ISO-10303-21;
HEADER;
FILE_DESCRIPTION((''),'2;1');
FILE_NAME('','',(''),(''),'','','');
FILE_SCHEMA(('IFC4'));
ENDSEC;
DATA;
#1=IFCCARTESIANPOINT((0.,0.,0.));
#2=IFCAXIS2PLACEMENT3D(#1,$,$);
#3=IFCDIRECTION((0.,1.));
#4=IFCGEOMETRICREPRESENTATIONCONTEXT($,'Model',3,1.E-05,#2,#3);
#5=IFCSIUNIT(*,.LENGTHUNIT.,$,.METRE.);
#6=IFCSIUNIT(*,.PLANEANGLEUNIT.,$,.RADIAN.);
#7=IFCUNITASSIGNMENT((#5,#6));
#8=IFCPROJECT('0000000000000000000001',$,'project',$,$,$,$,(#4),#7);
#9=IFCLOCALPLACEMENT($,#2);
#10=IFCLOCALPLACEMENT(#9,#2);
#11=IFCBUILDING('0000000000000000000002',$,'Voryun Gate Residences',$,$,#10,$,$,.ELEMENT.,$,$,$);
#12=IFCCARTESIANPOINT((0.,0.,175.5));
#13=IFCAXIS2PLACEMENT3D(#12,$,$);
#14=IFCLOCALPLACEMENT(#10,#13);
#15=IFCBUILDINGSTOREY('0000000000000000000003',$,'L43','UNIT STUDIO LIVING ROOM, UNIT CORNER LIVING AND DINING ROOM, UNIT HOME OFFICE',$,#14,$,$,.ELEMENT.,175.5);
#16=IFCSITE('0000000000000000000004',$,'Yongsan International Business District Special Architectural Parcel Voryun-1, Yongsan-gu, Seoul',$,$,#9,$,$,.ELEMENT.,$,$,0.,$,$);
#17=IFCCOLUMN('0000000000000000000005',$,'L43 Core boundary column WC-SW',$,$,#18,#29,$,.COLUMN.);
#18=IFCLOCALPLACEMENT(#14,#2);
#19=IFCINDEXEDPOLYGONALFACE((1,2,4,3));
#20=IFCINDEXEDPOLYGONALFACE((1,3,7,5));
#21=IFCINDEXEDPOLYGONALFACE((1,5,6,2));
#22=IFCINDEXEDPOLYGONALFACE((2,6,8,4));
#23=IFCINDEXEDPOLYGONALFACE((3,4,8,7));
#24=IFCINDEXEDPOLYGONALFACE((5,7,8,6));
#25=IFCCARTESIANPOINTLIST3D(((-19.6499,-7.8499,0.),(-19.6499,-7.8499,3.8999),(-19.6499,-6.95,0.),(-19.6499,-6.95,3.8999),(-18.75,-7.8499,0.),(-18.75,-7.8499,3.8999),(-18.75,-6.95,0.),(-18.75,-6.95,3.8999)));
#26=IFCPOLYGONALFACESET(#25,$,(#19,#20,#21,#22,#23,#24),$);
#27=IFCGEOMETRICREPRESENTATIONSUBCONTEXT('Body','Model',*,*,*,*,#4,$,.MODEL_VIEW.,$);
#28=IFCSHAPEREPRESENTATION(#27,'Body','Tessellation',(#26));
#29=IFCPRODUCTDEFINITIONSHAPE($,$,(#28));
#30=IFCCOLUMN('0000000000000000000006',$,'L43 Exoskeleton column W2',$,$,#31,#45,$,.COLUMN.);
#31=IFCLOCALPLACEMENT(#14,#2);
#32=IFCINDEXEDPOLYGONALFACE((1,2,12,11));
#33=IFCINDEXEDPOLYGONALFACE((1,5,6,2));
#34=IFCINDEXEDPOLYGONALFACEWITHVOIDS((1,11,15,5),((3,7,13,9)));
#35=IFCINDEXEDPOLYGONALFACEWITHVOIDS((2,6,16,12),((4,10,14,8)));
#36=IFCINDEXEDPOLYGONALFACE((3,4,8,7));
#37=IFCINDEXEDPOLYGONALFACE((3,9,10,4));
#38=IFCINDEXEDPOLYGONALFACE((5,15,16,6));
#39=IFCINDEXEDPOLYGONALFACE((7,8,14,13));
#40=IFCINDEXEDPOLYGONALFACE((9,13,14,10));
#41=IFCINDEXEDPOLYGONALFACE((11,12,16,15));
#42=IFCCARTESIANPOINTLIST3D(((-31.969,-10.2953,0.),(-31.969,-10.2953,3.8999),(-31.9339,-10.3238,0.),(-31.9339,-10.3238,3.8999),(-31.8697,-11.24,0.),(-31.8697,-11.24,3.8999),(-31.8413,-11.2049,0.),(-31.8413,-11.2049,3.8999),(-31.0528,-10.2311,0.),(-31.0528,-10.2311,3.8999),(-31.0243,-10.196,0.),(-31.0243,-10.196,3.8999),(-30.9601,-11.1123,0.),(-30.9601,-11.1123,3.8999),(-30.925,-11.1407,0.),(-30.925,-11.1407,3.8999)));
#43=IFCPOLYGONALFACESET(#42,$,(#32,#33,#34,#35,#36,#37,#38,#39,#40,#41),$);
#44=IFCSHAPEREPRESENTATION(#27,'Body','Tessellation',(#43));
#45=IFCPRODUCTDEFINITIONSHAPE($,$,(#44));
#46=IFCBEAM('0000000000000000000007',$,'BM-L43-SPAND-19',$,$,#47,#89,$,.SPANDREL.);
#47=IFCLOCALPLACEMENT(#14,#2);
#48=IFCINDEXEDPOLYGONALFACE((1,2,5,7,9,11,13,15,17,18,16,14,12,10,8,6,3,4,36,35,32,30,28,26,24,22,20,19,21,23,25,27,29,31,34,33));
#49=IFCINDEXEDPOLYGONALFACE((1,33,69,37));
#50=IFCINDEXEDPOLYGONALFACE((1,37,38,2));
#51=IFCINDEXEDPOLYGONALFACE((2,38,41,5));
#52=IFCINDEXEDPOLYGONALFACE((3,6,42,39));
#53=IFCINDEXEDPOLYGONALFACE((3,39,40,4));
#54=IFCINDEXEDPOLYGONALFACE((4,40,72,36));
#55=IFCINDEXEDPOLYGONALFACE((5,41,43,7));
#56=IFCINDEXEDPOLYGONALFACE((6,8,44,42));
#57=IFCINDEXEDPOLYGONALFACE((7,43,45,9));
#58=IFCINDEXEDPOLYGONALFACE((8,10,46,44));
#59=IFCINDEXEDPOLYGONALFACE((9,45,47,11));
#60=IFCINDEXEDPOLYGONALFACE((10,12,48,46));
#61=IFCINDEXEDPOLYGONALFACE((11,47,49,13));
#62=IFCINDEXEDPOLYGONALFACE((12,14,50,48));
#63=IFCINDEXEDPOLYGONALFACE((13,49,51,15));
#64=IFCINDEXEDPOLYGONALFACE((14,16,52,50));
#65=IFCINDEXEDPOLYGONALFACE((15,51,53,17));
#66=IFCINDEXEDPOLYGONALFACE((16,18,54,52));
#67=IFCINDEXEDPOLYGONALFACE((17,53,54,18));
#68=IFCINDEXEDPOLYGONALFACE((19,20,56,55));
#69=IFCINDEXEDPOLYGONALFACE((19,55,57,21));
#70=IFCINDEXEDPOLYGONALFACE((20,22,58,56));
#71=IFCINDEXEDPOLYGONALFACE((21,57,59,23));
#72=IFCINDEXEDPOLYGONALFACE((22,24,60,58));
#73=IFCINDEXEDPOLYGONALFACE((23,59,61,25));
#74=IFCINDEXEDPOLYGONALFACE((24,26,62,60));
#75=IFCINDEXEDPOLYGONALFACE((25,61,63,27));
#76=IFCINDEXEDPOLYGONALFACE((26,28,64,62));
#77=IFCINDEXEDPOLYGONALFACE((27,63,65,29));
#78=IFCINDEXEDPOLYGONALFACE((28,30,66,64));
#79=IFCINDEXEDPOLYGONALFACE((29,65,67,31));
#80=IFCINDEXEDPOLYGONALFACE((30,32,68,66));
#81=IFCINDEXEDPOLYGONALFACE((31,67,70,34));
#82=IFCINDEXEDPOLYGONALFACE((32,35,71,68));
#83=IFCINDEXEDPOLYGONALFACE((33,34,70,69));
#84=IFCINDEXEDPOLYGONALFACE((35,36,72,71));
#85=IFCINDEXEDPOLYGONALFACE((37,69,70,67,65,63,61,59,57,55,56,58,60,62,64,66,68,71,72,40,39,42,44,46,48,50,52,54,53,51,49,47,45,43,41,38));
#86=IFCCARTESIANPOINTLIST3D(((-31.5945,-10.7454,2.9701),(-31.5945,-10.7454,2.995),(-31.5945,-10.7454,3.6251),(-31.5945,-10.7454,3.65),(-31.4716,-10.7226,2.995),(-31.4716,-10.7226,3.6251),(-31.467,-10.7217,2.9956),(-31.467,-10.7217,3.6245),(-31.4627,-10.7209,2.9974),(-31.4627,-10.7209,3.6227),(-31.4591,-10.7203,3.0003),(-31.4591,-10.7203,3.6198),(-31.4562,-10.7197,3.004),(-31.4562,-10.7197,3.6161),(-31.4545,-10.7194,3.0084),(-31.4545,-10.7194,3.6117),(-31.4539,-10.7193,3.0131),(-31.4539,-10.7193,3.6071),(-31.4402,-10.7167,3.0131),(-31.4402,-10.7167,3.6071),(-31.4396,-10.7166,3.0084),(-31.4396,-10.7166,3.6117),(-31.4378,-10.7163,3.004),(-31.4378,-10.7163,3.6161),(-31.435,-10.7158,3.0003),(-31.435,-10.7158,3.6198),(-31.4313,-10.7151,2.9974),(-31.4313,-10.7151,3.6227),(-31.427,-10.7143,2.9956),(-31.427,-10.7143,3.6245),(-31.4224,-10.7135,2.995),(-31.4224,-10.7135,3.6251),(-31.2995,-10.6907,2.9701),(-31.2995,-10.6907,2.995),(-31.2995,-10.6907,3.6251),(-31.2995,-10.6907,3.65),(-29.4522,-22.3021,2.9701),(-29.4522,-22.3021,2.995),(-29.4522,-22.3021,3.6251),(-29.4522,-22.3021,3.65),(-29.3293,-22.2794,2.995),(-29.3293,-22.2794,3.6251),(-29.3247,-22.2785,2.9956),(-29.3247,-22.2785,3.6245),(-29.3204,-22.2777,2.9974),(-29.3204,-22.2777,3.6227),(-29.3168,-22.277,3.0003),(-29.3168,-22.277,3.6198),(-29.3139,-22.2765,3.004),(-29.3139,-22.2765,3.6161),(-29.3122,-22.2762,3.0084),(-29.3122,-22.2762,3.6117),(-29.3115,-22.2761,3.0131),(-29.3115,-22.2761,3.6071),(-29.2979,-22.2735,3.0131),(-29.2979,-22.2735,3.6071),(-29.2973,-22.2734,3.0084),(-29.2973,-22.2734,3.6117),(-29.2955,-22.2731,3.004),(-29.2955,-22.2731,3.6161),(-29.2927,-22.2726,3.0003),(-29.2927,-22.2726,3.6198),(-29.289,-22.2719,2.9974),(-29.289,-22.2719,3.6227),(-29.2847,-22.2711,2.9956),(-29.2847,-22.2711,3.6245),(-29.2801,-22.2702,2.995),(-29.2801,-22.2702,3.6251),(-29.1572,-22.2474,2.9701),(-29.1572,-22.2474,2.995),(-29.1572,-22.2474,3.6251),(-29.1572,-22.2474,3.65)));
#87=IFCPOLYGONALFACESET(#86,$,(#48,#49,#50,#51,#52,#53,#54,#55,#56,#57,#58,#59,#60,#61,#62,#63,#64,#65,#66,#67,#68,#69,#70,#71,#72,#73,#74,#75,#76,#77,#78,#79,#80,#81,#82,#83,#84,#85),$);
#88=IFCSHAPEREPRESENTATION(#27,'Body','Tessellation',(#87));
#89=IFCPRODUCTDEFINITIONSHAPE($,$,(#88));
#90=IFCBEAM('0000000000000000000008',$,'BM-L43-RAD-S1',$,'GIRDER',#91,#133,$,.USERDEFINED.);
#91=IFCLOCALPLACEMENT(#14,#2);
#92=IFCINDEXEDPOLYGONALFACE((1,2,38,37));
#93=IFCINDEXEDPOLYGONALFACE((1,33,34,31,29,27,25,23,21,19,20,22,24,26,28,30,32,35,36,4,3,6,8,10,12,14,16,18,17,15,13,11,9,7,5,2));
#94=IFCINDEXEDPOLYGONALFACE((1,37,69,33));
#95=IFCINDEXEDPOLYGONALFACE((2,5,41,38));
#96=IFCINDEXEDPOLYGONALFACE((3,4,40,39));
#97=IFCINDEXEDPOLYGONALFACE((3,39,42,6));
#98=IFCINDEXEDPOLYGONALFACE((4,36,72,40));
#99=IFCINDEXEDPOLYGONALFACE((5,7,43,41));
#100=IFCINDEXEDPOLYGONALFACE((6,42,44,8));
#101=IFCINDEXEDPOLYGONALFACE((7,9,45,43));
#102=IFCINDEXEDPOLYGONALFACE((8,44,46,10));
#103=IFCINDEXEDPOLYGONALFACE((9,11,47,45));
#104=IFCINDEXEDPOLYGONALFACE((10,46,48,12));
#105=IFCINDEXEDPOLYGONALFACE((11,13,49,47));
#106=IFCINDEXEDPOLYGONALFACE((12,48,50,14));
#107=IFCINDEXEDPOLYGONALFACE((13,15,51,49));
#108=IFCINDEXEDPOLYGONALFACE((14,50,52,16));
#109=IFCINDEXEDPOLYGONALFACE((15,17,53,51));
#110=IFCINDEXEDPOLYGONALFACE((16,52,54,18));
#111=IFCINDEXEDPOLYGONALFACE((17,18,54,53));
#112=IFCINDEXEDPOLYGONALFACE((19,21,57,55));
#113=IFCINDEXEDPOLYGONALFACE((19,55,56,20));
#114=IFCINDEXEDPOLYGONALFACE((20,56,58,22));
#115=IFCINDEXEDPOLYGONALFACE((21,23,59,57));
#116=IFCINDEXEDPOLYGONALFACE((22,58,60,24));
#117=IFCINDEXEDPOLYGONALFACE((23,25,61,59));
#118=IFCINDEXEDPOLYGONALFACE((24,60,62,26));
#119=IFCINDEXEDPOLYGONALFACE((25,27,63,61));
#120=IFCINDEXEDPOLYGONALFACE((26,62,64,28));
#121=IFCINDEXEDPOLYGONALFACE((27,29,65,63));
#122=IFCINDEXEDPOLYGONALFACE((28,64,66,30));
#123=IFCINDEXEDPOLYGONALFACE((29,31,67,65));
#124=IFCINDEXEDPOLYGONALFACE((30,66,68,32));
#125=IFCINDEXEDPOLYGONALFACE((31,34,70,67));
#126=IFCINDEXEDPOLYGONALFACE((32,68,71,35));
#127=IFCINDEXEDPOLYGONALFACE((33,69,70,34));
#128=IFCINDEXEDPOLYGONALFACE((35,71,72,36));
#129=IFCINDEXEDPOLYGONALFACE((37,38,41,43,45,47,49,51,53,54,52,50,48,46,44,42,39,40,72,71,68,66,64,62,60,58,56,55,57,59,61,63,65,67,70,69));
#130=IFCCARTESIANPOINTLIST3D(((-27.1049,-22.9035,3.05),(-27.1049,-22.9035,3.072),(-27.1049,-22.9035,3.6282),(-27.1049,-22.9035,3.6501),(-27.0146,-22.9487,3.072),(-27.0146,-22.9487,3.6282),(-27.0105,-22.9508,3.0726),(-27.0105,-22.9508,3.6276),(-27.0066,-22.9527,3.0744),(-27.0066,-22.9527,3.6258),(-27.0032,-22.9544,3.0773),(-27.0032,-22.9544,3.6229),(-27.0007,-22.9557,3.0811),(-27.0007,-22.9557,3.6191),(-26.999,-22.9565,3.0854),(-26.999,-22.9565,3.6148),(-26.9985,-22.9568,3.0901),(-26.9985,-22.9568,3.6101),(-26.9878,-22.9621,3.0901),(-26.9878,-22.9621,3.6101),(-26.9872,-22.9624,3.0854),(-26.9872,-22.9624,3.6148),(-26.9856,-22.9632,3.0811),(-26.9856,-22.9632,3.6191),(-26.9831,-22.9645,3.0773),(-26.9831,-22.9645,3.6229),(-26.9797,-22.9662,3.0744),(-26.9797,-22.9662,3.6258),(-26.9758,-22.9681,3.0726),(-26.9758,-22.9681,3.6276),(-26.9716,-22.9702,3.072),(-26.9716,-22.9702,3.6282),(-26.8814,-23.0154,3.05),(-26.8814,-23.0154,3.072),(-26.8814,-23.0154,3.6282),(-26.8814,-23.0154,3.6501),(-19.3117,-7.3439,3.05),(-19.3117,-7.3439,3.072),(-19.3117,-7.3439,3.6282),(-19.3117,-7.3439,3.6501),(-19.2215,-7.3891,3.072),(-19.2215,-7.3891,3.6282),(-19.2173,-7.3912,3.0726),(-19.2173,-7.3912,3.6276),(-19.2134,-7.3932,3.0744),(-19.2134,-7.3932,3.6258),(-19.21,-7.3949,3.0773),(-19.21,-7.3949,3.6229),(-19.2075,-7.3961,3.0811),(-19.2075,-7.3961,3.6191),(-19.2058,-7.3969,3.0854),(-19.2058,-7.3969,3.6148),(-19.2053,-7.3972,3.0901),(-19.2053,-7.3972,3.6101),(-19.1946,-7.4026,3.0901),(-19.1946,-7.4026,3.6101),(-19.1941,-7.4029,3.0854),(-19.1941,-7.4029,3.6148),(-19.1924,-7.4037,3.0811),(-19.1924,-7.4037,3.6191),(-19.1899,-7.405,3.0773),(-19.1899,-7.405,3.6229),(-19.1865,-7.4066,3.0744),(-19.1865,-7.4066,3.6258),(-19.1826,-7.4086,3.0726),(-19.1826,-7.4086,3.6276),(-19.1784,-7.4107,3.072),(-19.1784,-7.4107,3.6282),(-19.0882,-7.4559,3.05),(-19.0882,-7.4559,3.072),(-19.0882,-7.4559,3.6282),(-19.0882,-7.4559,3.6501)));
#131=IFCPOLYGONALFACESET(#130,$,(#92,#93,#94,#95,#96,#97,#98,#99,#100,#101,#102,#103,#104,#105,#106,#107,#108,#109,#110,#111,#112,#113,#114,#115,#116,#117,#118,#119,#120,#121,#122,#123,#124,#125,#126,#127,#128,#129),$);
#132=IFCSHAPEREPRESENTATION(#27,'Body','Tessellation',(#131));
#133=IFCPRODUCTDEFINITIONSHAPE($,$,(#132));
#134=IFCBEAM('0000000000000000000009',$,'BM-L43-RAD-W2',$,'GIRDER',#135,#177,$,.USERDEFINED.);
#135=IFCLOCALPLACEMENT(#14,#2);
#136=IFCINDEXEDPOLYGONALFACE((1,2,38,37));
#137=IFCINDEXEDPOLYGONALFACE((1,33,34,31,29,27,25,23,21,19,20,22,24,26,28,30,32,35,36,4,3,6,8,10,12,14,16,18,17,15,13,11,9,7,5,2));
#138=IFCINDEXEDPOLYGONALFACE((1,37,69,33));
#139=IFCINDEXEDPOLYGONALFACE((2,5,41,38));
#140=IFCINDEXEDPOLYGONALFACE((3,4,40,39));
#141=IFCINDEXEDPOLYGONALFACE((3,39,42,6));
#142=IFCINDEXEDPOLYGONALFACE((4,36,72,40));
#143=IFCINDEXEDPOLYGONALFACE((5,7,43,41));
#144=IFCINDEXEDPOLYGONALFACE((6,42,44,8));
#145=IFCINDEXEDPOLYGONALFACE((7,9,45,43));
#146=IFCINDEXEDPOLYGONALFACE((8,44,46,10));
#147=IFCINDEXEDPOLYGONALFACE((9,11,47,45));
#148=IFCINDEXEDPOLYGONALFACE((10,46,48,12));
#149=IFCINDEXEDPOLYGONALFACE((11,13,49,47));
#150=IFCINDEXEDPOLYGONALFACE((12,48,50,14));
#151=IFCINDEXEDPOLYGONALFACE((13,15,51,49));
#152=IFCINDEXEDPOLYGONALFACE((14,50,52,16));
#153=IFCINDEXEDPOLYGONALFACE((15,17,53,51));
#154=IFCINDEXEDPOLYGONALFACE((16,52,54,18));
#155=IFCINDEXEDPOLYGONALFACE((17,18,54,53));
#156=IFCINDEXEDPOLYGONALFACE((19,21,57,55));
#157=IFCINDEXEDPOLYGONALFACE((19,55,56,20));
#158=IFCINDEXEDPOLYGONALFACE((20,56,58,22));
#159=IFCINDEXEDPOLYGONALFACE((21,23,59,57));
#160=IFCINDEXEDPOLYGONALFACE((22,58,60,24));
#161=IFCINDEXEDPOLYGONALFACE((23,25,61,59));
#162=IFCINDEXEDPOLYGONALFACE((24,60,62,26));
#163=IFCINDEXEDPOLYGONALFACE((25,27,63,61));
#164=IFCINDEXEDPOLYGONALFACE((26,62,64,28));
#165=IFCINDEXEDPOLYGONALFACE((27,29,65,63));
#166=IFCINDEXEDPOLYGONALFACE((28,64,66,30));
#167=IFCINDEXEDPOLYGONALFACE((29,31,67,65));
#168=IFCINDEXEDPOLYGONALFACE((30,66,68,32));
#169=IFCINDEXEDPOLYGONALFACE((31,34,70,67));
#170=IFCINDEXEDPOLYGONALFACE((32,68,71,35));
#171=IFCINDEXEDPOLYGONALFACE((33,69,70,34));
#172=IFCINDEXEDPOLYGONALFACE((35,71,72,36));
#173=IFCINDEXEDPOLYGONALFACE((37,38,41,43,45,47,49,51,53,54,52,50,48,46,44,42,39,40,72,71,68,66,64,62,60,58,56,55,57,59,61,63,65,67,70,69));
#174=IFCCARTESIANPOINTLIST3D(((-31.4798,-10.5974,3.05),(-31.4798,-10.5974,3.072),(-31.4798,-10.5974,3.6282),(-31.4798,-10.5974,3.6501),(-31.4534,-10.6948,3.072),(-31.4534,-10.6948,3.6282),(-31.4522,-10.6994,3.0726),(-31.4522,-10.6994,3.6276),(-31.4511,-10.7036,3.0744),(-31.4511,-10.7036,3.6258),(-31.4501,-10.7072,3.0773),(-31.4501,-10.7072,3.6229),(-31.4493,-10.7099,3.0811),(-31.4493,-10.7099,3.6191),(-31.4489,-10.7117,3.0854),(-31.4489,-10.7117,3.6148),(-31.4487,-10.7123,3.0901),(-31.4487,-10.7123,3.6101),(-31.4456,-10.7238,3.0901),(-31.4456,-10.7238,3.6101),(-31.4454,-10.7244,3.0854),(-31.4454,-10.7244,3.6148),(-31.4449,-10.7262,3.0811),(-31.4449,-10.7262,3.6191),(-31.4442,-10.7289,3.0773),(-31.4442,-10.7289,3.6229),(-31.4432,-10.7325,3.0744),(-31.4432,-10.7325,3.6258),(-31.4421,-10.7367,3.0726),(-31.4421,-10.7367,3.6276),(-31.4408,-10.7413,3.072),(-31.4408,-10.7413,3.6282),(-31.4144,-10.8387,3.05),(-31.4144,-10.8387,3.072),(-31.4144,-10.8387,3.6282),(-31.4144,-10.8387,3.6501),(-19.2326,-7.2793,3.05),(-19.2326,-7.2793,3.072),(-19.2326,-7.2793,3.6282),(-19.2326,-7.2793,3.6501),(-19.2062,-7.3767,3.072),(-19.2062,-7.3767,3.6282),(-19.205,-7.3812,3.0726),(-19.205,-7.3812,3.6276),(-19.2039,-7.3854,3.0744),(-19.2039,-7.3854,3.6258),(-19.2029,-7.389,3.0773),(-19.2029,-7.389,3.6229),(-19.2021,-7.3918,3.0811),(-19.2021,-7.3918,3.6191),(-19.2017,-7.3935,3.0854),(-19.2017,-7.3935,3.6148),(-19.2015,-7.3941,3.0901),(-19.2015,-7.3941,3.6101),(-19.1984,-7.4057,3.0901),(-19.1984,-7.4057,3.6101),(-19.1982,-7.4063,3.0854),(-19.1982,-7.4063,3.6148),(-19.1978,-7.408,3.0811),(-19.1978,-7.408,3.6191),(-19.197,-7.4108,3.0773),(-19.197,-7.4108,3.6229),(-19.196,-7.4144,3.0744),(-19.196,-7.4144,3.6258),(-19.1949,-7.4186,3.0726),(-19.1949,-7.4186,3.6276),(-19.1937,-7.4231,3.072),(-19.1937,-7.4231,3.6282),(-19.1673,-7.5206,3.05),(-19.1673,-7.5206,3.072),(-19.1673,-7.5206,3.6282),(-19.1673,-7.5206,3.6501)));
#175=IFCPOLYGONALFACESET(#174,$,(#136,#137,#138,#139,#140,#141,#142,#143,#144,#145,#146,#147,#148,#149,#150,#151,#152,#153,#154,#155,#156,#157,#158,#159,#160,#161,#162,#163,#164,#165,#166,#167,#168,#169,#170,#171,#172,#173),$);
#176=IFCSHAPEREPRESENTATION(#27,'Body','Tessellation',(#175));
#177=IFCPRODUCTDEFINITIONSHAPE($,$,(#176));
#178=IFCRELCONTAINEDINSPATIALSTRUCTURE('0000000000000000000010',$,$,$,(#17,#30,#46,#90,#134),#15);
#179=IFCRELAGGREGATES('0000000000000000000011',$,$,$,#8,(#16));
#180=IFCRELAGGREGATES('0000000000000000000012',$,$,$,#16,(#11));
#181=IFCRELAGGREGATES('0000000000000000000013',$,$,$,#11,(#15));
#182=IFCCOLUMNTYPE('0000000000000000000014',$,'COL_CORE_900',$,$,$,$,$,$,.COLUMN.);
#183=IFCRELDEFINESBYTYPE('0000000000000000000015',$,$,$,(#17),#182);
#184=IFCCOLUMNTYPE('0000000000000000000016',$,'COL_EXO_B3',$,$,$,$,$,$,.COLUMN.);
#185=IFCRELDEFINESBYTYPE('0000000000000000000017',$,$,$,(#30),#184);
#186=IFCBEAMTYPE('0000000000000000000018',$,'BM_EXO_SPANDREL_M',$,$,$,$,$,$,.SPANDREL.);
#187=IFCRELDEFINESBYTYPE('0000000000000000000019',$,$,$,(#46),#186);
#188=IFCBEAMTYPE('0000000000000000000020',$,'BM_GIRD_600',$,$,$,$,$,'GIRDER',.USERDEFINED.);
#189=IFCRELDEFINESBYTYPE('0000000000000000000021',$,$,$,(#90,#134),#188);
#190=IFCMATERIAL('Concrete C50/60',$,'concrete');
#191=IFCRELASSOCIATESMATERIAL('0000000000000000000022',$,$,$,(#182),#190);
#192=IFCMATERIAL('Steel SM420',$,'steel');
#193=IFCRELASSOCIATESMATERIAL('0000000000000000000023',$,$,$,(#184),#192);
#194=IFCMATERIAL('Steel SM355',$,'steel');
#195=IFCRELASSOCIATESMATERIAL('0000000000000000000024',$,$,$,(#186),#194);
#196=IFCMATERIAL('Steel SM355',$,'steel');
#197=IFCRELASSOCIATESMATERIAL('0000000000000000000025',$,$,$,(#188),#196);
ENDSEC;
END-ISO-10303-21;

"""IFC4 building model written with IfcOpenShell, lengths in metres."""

from ifc_helpers import new_model, si_unit, direction, frame, origin, origin_2d, place, context, subcontext, project, spatial, rectangle, hollow_rectangle, i_section, extrude, material, material_profile, profile_set, type_object, element, save


model = new_model("IFC4")

# Units and contexts
model_context = context("Model", 3, precision=1e-05, world=origin(), true_north=direction((0.0, 1.0)))
body_context = subcontext(model_context, "Body", "Model", "MODEL_VIEW")
ifc_project = project(units=[si_unit("LENGTHUNIT", "METRE"), si_unit("PLANEANGLEUNIT", "RADIAN")], contexts=[model_context])

# Site, building, storey
site_placement = place(None, origin())
site = spatial("IfcSite", under=ifc_project, at=site_placement, Name="Yongsan International Business District Special Architectural Parcel Voryun-1, Yongsan-gu, Seoul", CompositionType="ELEMENT", RefElevation=0.0)
building_placement = place(site_placement, origin())
building = spatial("IfcBuilding", under=site, at=building_placement, Name="Voryun Gate Residences", CompositionType="ELEMENT")
storey_placement = place(building_placement, frame((0.0, 0.0, 175.5)))
storey = spatial("IfcBuildingStorey", under=building, at=storey_placement, Name="L43", Description="UNIT STUDIO LIVING ROOM, UNIT CORNER LIVING AND DINING ROOM, UNIT HOME OFFICE", CompositionType="ELEMENT", Elevation=175.5)

# Columns
ifc_material_1 = material(Name="Concrete C50/60", Category="concrete")
ifc_material_profile_1 = material_profile(ifc_material_1, rectangle(XDim=0.8999, YDim=0.8999, at=origin_2d()), Name="RC-900x900")
ifc_profile_set_1 = profile_set([ifc_material_profile_1], Name="Concrete C50/60")
column_type_1 = type_object("IfcColumnType", Name="COL_CORE_900", PredefinedType="COLUMN", material=ifc_profile_set_1)
column_1_placement = place(storey_placement, frame((-19.2, -7.3999, 0.0), z_axis=(0.0, 0.0, 1.0), x_axis=(1.0, 0.0, 0.0)))
element("IfcColumn", 1, at=column_1_placement, inside=storey, type_object=column_type_1, Name="L43 Core boundary column WC-SW", PredefinedType="COLUMN", context=body_context, shape_type="SweptSolid", body=[
    extrude(rectangle(XDim=0.8999, YDim=0.8999, at=origin_2d()), origin(), (0.0, 0.0, 1.0), 3.8999),
])
ifc_material_2 = material(Name="Steel SM420", Category="steel")
ifc_material_profile_2 = material_profile(ifc_material_2, hollow_rectangle(XDim=0.95, YDim=0.95, WallThickness=0.032, at=origin_2d()), Name="BOX-950x950x32")
ifc_profile_set_2 = profile_set([ifc_material_profile_2], Name="Steel SM420")
column_type_2 = type_object("IfcColumnType", Name="COL_EXO_B3", PredefinedType="COLUMN", material=ifc_profile_set_2)
column_2_placement = place(storey_placement, frame((-31.447, -10.718, 0.0), z_axis=(0.0, 0.0, 1.0), x_axis=(0.994522, 0.104528, 0.0)))
element("IfcColumn", 2, at=column_2_placement, inside=storey, type_object=column_type_2, Name="L43 Exoskeleton column W2", PredefinedType="COLUMN", context=body_context, shape_type="SweptSolid", body=[
    extrude(hollow_rectangle(XDim=0.95, YDim=0.95, WallThickness=0.032, at=origin_2d()), origin(), (0.0, 0.0, 1.0), 3.8999),
])

# Beams
ifc_material_3 = material(Name="Steel SM355", Category="steel")
ifc_material_profile_3 = material_profile(ifc_material_3, i_section(OverallWidth=0.3, OverallDepth=0.6799, WebThickness=0.0139, FlangeThickness=0.0249, FilletRadius=0.0181, at=origin_2d()), Name="H-680x300x14x25")
ifc_profile_set_3 = profile_set([ifc_material_profile_3], Name="Steel SM355")
beam_type_1 = type_object("IfcBeamType", Name="BM_EXO_SPANDREL_M", PredefinedType="SPANDREL", material=ifc_profile_set_3)
beam_1_placement = place(storey_placement, frame((-31.447, -10.718, 3.3101), z_axis=(0.182268, -0.983249, 0.0), x_axis=(0.983249, 0.182268, 0.0)))
element("IfcBeam", 3, at=beam_1_placement, inside=storey, type_object=beam_type_1, Name="BM-L43-SPAND-19", PredefinedType="SPANDREL", context=body_context, shape_type="SweptSolid", body=[
    extrude(i_section(OverallWidth=0.3, OverallDepth=0.6799, WebThickness=0.0139, FlangeThickness=0.0249, FilletRadius=0.0181, at=origin_2d()), origin(), (0.0, 0.0, 1.0), 11.7537),
])
ifc_material_4 = material(Name="Steel SM355", Category="steel")
ifc_material_profile_4 = material_profile(ifc_material_4, i_section(OverallWidth=0.25, OverallDepth=0.6001, WebThickness=0.012, FlangeThickness=0.022, FilletRadius=0.0181, at=origin_2d()), Name="H-600x250x12x22")
ifc_profile_set_4 = profile_set([ifc_material_profile_4], Name="Steel SM355")
beam_type_2 = type_object("IfcBeamType", Name="BM_GIRD_600", ElementType="GIRDER", PredefinedType="USERDEFINED", material=ifc_profile_set_4)
beam_2_placement = place(storey_placement, frame((-19.2, -7.3999, 3.3501), z_axis=(-0.447831, -0.894118, 0.0), x_axis=(0.894118, -0.447831, 0.0)))
element("IfcBeam", 4, at=beam_2_placement, inside=storey, type_object=beam_type_2, Name="BM-L43-RAD-S1", ObjectType="GIRDER", PredefinedType="USERDEFINED", context=body_context, shape_type="SweptSolid", body=[
    extrude(i_section(OverallWidth=0.25, OverallDepth=0.6001, WebThickness=0.012, FlangeThickness=0.022, FilletRadius=0.0181, at=origin_2d()), origin(), (0.0, 0.0, 1.0), 17.4021),
])
beam_3_placement = place(storey_placement, frame((-19.2, -7.3999, 3.3501), z_axis=(-0.965202, -0.261504, 0.0), x_axis=(0.261504, -0.965202, 0.0)))
element("IfcBeam", 5, at=beam_3_placement, inside=storey, type_object=beam_type_2, Name="BM-L43-RAD-W2", ObjectType="GIRDER", PredefinedType="USERDEFINED", context=body_context, shape_type="SweptSolid", body=[
    extrude(i_section(OverallWidth=0.25, OverallDepth=0.6001, WebThickness=0.012, FlangeThickness=0.022, FilletRadius=0.0181, at=origin_2d()), origin(), (0.0, 0.0, 1.0), 12.6887),
])

save(model, "model.ifc")
